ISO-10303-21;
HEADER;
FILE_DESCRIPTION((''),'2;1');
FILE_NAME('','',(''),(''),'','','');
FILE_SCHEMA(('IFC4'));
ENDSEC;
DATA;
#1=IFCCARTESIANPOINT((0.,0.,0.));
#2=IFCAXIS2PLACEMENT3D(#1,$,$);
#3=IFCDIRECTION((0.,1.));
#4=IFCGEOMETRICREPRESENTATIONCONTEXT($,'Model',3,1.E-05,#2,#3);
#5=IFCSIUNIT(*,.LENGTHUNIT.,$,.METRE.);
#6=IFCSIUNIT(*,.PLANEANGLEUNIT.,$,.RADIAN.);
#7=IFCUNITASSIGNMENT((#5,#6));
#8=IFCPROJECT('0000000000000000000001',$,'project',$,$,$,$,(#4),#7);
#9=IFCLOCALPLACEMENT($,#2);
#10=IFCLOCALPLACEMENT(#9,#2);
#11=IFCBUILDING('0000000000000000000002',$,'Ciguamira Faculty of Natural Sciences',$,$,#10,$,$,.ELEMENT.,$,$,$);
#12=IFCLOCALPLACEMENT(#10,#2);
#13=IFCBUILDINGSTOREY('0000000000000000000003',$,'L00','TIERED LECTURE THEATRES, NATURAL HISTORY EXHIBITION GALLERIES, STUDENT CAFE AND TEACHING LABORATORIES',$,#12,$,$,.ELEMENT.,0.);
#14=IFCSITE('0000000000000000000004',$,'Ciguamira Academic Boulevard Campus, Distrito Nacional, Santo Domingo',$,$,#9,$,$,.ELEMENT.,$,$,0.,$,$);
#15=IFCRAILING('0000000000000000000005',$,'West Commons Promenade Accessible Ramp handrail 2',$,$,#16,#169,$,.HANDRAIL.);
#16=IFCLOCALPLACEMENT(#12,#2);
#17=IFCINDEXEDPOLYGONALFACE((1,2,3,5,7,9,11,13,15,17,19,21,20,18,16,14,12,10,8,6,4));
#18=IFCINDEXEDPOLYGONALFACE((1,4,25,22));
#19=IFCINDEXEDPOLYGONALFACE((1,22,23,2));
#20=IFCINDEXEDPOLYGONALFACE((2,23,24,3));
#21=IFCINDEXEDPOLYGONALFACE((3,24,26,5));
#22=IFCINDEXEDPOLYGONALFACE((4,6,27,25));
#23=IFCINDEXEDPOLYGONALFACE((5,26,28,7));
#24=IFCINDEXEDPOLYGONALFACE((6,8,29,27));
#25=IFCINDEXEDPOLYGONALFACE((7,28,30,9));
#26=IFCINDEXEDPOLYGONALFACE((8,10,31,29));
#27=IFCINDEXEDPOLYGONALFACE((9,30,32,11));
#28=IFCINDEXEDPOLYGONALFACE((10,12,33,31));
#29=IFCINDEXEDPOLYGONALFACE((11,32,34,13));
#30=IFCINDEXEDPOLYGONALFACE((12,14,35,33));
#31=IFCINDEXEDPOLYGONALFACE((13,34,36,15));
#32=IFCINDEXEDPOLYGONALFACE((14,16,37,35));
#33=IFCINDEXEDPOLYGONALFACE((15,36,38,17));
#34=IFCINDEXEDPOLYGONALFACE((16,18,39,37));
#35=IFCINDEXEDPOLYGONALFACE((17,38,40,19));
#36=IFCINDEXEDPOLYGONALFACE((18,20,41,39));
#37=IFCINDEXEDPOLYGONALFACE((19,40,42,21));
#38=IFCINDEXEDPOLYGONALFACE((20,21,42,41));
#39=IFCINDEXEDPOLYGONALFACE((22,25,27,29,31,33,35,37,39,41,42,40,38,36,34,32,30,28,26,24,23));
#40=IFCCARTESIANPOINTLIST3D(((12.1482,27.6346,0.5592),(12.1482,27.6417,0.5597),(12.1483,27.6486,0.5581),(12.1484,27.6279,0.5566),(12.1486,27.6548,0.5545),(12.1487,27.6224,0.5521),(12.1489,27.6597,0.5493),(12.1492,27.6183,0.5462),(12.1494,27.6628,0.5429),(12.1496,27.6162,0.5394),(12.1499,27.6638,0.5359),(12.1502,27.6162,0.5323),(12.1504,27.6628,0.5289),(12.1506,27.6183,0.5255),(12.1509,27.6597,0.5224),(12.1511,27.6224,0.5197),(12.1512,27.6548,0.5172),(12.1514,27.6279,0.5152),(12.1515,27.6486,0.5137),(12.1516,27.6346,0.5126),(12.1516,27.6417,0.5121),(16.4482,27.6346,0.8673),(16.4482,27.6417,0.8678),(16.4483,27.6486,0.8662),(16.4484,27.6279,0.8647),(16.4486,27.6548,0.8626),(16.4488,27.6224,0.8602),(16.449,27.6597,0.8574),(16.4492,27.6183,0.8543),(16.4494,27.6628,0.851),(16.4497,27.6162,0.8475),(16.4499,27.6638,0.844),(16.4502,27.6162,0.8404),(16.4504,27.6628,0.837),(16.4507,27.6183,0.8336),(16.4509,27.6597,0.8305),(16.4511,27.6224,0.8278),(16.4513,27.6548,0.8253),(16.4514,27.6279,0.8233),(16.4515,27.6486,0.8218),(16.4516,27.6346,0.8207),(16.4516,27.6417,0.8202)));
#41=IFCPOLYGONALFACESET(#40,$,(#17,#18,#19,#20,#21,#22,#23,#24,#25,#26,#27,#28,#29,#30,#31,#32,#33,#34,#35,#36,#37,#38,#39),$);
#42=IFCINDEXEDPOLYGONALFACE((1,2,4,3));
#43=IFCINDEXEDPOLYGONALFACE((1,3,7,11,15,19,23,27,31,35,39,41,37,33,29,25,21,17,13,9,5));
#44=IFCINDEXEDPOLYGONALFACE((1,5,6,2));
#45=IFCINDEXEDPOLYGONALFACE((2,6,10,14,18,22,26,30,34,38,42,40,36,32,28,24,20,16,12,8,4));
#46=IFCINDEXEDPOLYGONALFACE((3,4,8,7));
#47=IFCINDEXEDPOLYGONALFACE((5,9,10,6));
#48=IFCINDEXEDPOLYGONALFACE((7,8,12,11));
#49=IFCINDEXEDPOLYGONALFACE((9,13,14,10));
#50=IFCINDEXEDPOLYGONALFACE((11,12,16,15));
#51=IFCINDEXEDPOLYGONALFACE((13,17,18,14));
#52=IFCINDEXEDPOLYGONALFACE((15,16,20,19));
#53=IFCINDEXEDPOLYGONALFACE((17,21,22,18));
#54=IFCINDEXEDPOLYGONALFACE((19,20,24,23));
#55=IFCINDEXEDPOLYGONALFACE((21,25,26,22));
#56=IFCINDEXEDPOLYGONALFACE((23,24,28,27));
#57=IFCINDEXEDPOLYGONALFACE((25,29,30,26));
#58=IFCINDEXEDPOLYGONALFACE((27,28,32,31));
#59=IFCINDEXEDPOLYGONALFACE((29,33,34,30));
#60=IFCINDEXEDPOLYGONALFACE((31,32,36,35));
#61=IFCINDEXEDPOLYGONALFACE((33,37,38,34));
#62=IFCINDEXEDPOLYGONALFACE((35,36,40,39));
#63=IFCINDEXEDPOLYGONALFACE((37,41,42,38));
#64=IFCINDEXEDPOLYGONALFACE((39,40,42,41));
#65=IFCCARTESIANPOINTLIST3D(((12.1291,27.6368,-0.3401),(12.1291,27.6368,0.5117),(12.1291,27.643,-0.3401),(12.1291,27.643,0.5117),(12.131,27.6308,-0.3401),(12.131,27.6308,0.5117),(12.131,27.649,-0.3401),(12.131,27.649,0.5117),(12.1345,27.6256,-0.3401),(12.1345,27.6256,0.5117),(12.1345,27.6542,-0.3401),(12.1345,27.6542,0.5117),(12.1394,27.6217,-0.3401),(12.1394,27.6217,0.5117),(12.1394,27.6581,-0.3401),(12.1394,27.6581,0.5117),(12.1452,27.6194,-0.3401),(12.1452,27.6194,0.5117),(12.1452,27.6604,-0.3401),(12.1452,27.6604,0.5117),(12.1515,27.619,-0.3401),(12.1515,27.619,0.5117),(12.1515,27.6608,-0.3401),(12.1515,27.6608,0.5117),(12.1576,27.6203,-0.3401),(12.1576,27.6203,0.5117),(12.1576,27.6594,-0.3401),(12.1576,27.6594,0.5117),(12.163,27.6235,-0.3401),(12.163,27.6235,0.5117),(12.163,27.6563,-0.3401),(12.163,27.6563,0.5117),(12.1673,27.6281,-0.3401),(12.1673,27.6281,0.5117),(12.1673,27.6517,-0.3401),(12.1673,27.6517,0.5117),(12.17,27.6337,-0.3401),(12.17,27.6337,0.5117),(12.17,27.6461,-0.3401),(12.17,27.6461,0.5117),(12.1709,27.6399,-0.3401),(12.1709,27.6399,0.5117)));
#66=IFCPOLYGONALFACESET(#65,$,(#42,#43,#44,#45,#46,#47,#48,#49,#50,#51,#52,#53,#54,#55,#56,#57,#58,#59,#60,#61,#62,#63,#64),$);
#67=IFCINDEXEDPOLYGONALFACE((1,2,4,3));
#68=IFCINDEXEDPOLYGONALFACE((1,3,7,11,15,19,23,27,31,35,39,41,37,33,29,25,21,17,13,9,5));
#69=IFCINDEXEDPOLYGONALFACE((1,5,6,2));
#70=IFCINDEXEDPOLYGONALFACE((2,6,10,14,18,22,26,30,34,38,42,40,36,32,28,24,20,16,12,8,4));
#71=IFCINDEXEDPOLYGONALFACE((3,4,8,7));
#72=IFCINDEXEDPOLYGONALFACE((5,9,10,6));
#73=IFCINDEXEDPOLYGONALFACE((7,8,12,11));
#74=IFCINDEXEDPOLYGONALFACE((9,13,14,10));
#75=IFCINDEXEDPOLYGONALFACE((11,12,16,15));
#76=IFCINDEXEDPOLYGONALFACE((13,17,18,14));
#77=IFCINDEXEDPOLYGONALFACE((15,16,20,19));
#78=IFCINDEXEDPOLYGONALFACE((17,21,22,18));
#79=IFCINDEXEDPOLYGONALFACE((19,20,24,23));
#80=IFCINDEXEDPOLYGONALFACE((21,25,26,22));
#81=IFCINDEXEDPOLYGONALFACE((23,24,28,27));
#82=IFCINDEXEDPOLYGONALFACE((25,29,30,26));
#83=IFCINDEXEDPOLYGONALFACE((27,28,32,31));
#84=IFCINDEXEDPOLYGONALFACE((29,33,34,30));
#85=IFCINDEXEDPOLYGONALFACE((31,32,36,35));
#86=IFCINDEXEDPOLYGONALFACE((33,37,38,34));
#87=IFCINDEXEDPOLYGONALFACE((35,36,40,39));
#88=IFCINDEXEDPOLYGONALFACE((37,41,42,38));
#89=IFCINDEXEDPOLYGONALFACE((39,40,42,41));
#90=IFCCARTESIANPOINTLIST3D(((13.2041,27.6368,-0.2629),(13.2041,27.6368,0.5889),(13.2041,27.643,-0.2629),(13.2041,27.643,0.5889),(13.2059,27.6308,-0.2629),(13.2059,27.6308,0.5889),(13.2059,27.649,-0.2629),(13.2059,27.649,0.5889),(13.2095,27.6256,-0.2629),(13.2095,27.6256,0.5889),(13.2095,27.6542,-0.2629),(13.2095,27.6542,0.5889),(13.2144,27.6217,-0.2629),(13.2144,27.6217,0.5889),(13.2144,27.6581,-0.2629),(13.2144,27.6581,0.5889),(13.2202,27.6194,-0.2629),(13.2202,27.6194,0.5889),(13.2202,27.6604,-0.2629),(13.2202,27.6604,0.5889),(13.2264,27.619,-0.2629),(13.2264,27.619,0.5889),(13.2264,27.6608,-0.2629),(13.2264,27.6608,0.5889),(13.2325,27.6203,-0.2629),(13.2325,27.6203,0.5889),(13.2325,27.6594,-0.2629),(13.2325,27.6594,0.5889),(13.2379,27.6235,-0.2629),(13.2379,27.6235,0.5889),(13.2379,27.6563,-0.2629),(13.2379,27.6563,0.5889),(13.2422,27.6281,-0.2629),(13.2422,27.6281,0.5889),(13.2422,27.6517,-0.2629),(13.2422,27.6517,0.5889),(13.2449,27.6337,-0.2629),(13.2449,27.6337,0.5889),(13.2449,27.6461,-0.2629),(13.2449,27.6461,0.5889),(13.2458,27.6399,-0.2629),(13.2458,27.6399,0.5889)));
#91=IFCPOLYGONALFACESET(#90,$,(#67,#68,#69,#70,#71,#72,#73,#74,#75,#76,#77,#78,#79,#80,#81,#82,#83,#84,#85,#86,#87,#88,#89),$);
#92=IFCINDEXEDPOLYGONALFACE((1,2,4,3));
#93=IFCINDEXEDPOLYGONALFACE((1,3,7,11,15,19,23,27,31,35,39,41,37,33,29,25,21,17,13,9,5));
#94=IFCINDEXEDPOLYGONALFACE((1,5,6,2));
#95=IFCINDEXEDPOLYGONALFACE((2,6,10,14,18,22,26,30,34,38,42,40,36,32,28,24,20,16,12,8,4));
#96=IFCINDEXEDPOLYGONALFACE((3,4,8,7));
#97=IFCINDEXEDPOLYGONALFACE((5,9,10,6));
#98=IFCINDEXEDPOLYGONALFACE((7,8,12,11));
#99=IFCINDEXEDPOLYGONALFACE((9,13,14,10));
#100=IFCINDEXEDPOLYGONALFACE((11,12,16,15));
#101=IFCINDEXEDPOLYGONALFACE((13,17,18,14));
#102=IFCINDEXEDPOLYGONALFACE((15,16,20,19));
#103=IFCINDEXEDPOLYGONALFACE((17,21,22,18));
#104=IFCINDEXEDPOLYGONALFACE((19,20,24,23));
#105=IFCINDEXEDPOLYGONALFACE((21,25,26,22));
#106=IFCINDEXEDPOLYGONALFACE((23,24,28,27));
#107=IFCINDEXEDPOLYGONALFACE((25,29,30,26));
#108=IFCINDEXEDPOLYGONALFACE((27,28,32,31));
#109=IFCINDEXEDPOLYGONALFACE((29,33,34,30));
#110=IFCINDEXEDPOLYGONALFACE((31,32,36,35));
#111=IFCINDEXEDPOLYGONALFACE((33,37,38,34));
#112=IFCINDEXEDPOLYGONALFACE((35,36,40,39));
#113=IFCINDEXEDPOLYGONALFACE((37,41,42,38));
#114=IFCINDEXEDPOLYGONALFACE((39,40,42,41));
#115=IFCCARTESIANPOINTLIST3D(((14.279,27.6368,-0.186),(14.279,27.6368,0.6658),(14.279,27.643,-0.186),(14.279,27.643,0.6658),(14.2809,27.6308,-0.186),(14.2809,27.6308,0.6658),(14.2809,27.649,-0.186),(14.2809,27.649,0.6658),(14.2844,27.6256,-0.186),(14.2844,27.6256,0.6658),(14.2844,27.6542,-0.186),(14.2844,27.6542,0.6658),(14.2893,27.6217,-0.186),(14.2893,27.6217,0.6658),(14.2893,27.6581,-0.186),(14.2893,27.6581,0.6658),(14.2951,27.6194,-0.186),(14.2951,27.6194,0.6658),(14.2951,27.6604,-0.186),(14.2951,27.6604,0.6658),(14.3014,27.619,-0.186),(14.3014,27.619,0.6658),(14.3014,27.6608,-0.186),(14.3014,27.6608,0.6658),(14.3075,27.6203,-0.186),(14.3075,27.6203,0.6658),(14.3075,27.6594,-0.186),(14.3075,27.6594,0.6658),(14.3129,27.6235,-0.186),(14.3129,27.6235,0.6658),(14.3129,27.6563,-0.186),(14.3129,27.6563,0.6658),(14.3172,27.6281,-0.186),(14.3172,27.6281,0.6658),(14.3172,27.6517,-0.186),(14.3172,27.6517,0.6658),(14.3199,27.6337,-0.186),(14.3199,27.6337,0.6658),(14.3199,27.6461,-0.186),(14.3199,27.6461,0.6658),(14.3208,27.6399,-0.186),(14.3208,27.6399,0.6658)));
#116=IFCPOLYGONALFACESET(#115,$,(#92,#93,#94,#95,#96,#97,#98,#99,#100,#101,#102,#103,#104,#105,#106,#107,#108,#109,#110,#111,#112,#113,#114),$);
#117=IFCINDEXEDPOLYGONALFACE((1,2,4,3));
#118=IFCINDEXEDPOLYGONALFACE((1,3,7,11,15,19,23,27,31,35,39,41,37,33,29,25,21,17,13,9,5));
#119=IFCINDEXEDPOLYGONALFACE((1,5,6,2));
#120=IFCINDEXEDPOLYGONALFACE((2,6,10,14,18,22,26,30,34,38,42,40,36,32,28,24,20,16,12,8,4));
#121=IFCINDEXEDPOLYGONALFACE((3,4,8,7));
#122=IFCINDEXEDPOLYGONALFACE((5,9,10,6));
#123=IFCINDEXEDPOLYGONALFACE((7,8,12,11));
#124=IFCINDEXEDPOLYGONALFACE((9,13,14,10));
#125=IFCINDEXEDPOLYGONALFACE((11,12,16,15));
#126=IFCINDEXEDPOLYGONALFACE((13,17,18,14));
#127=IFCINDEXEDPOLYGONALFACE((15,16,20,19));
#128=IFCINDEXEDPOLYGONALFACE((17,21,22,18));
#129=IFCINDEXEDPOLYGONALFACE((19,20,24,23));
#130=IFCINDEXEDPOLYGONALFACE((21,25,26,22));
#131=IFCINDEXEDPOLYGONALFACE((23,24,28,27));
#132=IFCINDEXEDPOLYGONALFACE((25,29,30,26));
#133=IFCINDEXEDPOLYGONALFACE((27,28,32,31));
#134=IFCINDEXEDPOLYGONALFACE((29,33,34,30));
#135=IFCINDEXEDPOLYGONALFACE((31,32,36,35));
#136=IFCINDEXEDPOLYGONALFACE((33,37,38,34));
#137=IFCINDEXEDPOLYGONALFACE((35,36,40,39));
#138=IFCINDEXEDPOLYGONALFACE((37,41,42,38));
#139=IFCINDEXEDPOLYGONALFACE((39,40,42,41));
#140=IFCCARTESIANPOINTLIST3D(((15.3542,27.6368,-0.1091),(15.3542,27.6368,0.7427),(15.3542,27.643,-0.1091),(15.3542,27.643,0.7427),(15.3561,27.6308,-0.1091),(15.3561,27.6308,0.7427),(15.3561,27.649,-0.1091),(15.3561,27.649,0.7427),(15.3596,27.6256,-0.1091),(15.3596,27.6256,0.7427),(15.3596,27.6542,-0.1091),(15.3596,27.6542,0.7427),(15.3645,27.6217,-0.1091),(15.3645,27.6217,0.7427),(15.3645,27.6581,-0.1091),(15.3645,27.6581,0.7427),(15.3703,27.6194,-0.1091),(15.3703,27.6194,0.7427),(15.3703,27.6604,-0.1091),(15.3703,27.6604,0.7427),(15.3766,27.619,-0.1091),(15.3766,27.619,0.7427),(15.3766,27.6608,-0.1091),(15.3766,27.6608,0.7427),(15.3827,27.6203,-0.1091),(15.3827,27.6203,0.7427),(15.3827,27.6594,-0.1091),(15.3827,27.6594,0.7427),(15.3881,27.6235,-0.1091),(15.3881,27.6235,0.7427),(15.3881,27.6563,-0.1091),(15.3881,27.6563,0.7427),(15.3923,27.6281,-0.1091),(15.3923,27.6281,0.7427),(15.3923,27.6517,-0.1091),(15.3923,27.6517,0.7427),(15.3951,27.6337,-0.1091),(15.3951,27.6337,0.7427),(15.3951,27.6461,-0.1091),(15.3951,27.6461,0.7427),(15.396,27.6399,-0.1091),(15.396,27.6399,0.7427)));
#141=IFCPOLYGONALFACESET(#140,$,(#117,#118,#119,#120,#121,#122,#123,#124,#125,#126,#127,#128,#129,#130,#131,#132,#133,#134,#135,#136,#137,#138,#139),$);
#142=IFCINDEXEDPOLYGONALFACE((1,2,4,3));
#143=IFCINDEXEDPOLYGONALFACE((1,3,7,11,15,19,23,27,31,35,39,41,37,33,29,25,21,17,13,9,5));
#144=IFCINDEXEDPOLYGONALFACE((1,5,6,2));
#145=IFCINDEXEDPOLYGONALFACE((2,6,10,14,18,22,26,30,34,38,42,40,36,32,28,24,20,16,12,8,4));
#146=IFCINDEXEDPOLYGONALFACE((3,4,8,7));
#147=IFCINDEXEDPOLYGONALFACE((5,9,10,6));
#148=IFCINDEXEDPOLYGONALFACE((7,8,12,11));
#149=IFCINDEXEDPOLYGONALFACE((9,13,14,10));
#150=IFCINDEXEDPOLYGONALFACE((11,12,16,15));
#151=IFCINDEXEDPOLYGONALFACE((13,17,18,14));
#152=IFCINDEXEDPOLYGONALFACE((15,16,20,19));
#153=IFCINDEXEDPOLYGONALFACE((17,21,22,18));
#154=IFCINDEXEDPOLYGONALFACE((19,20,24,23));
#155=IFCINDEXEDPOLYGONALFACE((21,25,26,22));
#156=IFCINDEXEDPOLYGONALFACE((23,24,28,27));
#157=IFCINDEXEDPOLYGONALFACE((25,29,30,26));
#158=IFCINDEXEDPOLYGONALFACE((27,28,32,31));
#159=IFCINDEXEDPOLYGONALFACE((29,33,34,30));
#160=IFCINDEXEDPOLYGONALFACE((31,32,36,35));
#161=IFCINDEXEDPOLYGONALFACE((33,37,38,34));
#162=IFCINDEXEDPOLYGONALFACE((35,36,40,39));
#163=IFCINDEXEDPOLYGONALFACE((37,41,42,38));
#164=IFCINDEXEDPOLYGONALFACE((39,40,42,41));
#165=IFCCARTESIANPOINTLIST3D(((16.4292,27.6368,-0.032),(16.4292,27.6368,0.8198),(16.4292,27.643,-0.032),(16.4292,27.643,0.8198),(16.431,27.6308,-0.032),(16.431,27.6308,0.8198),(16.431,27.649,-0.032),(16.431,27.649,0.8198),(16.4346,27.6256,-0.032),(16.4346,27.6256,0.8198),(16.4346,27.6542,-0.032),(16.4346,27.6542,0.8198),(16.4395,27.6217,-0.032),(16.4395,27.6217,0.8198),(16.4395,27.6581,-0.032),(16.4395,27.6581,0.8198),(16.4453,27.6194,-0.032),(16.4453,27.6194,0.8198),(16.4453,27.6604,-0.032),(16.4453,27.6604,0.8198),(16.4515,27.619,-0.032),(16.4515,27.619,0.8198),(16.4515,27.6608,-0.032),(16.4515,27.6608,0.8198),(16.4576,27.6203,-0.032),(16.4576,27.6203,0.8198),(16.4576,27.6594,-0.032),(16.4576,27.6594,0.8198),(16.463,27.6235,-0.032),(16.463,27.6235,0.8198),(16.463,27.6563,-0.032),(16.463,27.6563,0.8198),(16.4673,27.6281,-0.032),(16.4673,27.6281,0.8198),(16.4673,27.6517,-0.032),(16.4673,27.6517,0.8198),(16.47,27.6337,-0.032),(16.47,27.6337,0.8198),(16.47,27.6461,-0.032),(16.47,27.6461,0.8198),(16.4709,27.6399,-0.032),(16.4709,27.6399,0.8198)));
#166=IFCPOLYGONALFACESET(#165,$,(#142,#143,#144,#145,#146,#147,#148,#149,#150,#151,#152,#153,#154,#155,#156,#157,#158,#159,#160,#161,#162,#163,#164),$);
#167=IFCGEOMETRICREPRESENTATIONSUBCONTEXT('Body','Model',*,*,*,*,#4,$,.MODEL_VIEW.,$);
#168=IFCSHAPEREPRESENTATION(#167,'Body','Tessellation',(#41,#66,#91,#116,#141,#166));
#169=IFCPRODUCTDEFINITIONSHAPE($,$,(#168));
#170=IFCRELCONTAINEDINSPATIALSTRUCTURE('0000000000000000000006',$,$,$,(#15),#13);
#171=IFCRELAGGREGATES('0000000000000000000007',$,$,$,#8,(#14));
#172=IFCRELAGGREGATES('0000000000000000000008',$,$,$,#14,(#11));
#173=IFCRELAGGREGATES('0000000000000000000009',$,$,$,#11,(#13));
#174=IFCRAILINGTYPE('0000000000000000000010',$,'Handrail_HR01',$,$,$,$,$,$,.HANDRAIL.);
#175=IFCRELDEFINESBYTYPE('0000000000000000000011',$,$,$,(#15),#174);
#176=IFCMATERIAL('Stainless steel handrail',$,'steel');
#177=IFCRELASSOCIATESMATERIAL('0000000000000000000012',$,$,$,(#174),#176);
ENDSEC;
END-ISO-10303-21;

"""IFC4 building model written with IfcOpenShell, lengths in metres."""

from ifc_helpers import new_model, si_unit, direction, frame, origin, origin_2d, place, context, subcontext, project, spatial, circle, extrude, material, type_object, element, save


model = new_model("IFC4")

# Units and contexts
model_context = context("Model", 3, precision=1e-05, world=origin(), true_north=direction((0.0, 1.0)))
body_context = subcontext(model_context, "Body", "Model", "MODEL_VIEW")
ifc_project = project(units=[si_unit("LENGTHUNIT", "METRE"), si_unit("PLANEANGLEUNIT", "RADIAN")], contexts=[model_context])

# Site, building, storey
site_placement = place(None, origin())
site = spatial("IfcSite", under=ifc_project, at=site_placement, Name="Ciguamira Academic Boulevard Campus, Distrito Nacional, Santo Domingo", CompositionType="ELEMENT", RefElevation=0.0)
building_placement = place(site_placement, origin())
building = spatial("IfcBuilding", under=site, at=building_placement, Name="Ciguamira Faculty of Natural Sciences", CompositionType="ELEMENT")
storey_placement = place(building_placement, origin())
storey = spatial("IfcBuildingStorey", under=building, at=storey_placement, Name="L00", Description="TIERED LECTURE THEATRES, NATURAL HISTORY EXHIBITION GALLERIES, STUDENT CAFE AND TEACHING LABORATORIES", CompositionType="ELEMENT", Elevation=0.0)

# Railing
ifc_material_1 = material(Name="Stainless steel handrail", Category="steel")
railing_type = type_object("IfcRailingType", Name="Handrail_HR01", PredefinedType="HANDRAIL", material=ifc_material_1)
for number, where, name in (
    (1, (12.1499, 27.6399, -0.3401), "West Commons Promenade Accessible Ramp handrail 2"),
):
    element("IfcRailing", number, at=place(storey_placement, frame(where)), inside=storey, type_object=railing_type, Name=name, PredefinedType="HANDRAIL", context=body_context, shape_type="SweptSolid", body=[
        extrude(circle(Radius=0.0239, at=origin_2d()), frame((0.0, 0.0, 0.876), z_axis=(0.997443, 0.0, 0.071468), x_axis=(0.0, 1.0, 0.0)), (0.0, 0.0, 1.0), 4.311),
        extrude(circle(Radius=0.021, at=origin_2d()), origin(), (0.0, 0.0, 1.0), 0.8518),
        extrude(circle(Radius=0.021, at=origin_2d()), frame((1.075, 0.0, 0.0771)), (0.0, 0.0, 1.0), 0.8518),
        extrude(circle(Radius=0.021, at=origin_2d()), frame((2.1499, 0.0, 0.1541)), (0.0, 0.0, 1.0), 0.8518),
        extrude(circle(Radius=0.021, at=origin_2d()), frame((3.2251, 0.0, 0.231)), (0.0, 0.0, 1.0), 0.8518),
        extrude(circle(Radius=0.021, at=origin_2d()), frame((4.3, 0.0, 0.3081)), (0.0, 0.0, 1.0), 0.8518),
    ])

save(model, "model.ifc")
